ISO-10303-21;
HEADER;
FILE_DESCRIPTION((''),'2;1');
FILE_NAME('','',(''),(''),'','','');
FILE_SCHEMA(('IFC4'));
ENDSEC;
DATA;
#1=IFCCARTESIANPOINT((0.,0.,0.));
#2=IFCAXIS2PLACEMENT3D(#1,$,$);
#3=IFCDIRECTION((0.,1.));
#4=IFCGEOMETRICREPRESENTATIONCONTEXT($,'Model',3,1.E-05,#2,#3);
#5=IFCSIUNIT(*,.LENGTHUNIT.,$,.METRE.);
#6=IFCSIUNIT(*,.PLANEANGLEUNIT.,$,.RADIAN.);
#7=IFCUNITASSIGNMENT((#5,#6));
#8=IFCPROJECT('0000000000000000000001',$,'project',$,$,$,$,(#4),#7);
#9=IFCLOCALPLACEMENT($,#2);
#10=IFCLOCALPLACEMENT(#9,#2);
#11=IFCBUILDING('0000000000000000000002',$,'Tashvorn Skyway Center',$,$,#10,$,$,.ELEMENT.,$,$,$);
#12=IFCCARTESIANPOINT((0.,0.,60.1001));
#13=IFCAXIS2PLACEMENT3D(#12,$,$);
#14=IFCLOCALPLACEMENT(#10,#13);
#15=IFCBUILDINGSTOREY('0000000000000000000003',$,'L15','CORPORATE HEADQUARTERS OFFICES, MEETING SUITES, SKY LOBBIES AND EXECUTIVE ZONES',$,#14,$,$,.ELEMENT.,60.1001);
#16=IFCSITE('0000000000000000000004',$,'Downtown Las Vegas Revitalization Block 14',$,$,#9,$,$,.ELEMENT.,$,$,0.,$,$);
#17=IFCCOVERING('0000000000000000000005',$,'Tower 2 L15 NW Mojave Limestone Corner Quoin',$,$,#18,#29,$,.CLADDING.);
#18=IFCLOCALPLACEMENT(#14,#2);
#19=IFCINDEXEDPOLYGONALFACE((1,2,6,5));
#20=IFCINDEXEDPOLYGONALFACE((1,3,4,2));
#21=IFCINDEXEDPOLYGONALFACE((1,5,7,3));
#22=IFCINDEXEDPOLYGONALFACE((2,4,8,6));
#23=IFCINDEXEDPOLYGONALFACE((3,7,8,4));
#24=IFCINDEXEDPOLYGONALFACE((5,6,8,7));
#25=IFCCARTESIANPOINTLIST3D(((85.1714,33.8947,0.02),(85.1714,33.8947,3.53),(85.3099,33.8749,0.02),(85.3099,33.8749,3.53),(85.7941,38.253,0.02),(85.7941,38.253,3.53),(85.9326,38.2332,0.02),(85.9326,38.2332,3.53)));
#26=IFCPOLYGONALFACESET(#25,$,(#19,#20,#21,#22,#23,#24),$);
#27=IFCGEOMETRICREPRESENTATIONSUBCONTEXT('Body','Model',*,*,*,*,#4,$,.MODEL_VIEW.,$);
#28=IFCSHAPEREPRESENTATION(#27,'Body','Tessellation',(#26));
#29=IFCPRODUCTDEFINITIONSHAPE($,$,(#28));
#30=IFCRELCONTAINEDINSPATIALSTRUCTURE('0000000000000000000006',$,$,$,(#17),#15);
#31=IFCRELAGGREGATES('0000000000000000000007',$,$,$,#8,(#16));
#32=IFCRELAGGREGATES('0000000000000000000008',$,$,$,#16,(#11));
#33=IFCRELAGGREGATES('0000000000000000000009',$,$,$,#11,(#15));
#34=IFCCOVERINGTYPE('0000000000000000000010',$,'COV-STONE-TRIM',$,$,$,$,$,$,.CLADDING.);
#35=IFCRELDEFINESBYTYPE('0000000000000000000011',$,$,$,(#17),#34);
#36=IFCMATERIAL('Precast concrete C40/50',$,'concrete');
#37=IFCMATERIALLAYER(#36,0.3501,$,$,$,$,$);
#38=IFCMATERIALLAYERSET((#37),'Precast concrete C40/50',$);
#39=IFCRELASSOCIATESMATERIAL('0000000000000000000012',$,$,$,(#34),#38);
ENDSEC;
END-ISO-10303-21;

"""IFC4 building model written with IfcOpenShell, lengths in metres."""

from ifc_helpers import new_model, si_unit, direction, frame, origin, origin_2d, place, context, subcontext, project, spatial, rectangle, extrude, material, layer, layer_set, type_object, element, save


model = new_model("IFC4")

# Units and contexts
model_context = context("Model", 3, precision=1e-05, world=origin(), true_north=direction((0.0, 1.0)))
body_context = subcontext(model_context, "Body", "Model", "MODEL_VIEW")
ifc_project = project(units=[si_unit("LENGTHUNIT", "METRE"), si_unit("PLANEANGLEUNIT", "RADIAN")], contexts=[model_context])

# Site, building, storey
site_placement = place(None, origin())
site = spatial("IfcSite", under=ifc_project, at=site_placement, Name="Downtown Las Vegas Revitalization Block 14", CompositionType="ELEMENT", RefElevation=0.0)
building_placement = place(site_placement, origin())
building = spatial("IfcBuilding", under=site, at=building_placement, Name="Tashvorn Skyway Center", CompositionType="ELEMENT")
storey_placement = place(building_placement, frame((0.0, 0.0, 60.1001)))
storey = spatial("IfcBuildingStorey", under=building, at=storey_placement, Name="L15", Description="CORPORATE HEADQUARTERS OFFICES, MEETING SUITES, SKY LOBBIES AND EXECUTIVE ZONES", CompositionType="ELEMENT", Elevation=60.1001)

# Shared definitions
ifc_material_1 = material(Name="Precast concrete C40/50", Category="concrete")

# Covering
ifc_layer_1 = layer(ifc_material_1, 0.3501)
ifc_layer_set_1 = layer_set([ifc_layer_1], Name="Precast concrete C40/50")
covering_type_1 = type_object("IfcCoveringType", Name="COV-STONE-TRIM", PredefinedType="CLADDING", material=ifc_layer_set_1)
covering_1_placement = place(storey_placement, frame((85.552, 36.064, 0.02), z_axis=(0.0, 0.0, 1.0), x_axis=(-0.141421, -0.989949, 0.0)))
element("IfcCovering", 1, at=covering_1_placement, inside=storey, type_object=covering_type_1, Name="Tower 2 L15 NW Mojave Limestone Corner Quoin", PredefinedType="CLADDING", context=body_context, shape_type="SweptSolid", body=[
    extrude(rectangle(XDim=4.4026, YDim=0.1399, at=origin_2d()), origin(), (0.0, 0.0, 1.0), 3.51),
])

save(model, "model.ifc")
